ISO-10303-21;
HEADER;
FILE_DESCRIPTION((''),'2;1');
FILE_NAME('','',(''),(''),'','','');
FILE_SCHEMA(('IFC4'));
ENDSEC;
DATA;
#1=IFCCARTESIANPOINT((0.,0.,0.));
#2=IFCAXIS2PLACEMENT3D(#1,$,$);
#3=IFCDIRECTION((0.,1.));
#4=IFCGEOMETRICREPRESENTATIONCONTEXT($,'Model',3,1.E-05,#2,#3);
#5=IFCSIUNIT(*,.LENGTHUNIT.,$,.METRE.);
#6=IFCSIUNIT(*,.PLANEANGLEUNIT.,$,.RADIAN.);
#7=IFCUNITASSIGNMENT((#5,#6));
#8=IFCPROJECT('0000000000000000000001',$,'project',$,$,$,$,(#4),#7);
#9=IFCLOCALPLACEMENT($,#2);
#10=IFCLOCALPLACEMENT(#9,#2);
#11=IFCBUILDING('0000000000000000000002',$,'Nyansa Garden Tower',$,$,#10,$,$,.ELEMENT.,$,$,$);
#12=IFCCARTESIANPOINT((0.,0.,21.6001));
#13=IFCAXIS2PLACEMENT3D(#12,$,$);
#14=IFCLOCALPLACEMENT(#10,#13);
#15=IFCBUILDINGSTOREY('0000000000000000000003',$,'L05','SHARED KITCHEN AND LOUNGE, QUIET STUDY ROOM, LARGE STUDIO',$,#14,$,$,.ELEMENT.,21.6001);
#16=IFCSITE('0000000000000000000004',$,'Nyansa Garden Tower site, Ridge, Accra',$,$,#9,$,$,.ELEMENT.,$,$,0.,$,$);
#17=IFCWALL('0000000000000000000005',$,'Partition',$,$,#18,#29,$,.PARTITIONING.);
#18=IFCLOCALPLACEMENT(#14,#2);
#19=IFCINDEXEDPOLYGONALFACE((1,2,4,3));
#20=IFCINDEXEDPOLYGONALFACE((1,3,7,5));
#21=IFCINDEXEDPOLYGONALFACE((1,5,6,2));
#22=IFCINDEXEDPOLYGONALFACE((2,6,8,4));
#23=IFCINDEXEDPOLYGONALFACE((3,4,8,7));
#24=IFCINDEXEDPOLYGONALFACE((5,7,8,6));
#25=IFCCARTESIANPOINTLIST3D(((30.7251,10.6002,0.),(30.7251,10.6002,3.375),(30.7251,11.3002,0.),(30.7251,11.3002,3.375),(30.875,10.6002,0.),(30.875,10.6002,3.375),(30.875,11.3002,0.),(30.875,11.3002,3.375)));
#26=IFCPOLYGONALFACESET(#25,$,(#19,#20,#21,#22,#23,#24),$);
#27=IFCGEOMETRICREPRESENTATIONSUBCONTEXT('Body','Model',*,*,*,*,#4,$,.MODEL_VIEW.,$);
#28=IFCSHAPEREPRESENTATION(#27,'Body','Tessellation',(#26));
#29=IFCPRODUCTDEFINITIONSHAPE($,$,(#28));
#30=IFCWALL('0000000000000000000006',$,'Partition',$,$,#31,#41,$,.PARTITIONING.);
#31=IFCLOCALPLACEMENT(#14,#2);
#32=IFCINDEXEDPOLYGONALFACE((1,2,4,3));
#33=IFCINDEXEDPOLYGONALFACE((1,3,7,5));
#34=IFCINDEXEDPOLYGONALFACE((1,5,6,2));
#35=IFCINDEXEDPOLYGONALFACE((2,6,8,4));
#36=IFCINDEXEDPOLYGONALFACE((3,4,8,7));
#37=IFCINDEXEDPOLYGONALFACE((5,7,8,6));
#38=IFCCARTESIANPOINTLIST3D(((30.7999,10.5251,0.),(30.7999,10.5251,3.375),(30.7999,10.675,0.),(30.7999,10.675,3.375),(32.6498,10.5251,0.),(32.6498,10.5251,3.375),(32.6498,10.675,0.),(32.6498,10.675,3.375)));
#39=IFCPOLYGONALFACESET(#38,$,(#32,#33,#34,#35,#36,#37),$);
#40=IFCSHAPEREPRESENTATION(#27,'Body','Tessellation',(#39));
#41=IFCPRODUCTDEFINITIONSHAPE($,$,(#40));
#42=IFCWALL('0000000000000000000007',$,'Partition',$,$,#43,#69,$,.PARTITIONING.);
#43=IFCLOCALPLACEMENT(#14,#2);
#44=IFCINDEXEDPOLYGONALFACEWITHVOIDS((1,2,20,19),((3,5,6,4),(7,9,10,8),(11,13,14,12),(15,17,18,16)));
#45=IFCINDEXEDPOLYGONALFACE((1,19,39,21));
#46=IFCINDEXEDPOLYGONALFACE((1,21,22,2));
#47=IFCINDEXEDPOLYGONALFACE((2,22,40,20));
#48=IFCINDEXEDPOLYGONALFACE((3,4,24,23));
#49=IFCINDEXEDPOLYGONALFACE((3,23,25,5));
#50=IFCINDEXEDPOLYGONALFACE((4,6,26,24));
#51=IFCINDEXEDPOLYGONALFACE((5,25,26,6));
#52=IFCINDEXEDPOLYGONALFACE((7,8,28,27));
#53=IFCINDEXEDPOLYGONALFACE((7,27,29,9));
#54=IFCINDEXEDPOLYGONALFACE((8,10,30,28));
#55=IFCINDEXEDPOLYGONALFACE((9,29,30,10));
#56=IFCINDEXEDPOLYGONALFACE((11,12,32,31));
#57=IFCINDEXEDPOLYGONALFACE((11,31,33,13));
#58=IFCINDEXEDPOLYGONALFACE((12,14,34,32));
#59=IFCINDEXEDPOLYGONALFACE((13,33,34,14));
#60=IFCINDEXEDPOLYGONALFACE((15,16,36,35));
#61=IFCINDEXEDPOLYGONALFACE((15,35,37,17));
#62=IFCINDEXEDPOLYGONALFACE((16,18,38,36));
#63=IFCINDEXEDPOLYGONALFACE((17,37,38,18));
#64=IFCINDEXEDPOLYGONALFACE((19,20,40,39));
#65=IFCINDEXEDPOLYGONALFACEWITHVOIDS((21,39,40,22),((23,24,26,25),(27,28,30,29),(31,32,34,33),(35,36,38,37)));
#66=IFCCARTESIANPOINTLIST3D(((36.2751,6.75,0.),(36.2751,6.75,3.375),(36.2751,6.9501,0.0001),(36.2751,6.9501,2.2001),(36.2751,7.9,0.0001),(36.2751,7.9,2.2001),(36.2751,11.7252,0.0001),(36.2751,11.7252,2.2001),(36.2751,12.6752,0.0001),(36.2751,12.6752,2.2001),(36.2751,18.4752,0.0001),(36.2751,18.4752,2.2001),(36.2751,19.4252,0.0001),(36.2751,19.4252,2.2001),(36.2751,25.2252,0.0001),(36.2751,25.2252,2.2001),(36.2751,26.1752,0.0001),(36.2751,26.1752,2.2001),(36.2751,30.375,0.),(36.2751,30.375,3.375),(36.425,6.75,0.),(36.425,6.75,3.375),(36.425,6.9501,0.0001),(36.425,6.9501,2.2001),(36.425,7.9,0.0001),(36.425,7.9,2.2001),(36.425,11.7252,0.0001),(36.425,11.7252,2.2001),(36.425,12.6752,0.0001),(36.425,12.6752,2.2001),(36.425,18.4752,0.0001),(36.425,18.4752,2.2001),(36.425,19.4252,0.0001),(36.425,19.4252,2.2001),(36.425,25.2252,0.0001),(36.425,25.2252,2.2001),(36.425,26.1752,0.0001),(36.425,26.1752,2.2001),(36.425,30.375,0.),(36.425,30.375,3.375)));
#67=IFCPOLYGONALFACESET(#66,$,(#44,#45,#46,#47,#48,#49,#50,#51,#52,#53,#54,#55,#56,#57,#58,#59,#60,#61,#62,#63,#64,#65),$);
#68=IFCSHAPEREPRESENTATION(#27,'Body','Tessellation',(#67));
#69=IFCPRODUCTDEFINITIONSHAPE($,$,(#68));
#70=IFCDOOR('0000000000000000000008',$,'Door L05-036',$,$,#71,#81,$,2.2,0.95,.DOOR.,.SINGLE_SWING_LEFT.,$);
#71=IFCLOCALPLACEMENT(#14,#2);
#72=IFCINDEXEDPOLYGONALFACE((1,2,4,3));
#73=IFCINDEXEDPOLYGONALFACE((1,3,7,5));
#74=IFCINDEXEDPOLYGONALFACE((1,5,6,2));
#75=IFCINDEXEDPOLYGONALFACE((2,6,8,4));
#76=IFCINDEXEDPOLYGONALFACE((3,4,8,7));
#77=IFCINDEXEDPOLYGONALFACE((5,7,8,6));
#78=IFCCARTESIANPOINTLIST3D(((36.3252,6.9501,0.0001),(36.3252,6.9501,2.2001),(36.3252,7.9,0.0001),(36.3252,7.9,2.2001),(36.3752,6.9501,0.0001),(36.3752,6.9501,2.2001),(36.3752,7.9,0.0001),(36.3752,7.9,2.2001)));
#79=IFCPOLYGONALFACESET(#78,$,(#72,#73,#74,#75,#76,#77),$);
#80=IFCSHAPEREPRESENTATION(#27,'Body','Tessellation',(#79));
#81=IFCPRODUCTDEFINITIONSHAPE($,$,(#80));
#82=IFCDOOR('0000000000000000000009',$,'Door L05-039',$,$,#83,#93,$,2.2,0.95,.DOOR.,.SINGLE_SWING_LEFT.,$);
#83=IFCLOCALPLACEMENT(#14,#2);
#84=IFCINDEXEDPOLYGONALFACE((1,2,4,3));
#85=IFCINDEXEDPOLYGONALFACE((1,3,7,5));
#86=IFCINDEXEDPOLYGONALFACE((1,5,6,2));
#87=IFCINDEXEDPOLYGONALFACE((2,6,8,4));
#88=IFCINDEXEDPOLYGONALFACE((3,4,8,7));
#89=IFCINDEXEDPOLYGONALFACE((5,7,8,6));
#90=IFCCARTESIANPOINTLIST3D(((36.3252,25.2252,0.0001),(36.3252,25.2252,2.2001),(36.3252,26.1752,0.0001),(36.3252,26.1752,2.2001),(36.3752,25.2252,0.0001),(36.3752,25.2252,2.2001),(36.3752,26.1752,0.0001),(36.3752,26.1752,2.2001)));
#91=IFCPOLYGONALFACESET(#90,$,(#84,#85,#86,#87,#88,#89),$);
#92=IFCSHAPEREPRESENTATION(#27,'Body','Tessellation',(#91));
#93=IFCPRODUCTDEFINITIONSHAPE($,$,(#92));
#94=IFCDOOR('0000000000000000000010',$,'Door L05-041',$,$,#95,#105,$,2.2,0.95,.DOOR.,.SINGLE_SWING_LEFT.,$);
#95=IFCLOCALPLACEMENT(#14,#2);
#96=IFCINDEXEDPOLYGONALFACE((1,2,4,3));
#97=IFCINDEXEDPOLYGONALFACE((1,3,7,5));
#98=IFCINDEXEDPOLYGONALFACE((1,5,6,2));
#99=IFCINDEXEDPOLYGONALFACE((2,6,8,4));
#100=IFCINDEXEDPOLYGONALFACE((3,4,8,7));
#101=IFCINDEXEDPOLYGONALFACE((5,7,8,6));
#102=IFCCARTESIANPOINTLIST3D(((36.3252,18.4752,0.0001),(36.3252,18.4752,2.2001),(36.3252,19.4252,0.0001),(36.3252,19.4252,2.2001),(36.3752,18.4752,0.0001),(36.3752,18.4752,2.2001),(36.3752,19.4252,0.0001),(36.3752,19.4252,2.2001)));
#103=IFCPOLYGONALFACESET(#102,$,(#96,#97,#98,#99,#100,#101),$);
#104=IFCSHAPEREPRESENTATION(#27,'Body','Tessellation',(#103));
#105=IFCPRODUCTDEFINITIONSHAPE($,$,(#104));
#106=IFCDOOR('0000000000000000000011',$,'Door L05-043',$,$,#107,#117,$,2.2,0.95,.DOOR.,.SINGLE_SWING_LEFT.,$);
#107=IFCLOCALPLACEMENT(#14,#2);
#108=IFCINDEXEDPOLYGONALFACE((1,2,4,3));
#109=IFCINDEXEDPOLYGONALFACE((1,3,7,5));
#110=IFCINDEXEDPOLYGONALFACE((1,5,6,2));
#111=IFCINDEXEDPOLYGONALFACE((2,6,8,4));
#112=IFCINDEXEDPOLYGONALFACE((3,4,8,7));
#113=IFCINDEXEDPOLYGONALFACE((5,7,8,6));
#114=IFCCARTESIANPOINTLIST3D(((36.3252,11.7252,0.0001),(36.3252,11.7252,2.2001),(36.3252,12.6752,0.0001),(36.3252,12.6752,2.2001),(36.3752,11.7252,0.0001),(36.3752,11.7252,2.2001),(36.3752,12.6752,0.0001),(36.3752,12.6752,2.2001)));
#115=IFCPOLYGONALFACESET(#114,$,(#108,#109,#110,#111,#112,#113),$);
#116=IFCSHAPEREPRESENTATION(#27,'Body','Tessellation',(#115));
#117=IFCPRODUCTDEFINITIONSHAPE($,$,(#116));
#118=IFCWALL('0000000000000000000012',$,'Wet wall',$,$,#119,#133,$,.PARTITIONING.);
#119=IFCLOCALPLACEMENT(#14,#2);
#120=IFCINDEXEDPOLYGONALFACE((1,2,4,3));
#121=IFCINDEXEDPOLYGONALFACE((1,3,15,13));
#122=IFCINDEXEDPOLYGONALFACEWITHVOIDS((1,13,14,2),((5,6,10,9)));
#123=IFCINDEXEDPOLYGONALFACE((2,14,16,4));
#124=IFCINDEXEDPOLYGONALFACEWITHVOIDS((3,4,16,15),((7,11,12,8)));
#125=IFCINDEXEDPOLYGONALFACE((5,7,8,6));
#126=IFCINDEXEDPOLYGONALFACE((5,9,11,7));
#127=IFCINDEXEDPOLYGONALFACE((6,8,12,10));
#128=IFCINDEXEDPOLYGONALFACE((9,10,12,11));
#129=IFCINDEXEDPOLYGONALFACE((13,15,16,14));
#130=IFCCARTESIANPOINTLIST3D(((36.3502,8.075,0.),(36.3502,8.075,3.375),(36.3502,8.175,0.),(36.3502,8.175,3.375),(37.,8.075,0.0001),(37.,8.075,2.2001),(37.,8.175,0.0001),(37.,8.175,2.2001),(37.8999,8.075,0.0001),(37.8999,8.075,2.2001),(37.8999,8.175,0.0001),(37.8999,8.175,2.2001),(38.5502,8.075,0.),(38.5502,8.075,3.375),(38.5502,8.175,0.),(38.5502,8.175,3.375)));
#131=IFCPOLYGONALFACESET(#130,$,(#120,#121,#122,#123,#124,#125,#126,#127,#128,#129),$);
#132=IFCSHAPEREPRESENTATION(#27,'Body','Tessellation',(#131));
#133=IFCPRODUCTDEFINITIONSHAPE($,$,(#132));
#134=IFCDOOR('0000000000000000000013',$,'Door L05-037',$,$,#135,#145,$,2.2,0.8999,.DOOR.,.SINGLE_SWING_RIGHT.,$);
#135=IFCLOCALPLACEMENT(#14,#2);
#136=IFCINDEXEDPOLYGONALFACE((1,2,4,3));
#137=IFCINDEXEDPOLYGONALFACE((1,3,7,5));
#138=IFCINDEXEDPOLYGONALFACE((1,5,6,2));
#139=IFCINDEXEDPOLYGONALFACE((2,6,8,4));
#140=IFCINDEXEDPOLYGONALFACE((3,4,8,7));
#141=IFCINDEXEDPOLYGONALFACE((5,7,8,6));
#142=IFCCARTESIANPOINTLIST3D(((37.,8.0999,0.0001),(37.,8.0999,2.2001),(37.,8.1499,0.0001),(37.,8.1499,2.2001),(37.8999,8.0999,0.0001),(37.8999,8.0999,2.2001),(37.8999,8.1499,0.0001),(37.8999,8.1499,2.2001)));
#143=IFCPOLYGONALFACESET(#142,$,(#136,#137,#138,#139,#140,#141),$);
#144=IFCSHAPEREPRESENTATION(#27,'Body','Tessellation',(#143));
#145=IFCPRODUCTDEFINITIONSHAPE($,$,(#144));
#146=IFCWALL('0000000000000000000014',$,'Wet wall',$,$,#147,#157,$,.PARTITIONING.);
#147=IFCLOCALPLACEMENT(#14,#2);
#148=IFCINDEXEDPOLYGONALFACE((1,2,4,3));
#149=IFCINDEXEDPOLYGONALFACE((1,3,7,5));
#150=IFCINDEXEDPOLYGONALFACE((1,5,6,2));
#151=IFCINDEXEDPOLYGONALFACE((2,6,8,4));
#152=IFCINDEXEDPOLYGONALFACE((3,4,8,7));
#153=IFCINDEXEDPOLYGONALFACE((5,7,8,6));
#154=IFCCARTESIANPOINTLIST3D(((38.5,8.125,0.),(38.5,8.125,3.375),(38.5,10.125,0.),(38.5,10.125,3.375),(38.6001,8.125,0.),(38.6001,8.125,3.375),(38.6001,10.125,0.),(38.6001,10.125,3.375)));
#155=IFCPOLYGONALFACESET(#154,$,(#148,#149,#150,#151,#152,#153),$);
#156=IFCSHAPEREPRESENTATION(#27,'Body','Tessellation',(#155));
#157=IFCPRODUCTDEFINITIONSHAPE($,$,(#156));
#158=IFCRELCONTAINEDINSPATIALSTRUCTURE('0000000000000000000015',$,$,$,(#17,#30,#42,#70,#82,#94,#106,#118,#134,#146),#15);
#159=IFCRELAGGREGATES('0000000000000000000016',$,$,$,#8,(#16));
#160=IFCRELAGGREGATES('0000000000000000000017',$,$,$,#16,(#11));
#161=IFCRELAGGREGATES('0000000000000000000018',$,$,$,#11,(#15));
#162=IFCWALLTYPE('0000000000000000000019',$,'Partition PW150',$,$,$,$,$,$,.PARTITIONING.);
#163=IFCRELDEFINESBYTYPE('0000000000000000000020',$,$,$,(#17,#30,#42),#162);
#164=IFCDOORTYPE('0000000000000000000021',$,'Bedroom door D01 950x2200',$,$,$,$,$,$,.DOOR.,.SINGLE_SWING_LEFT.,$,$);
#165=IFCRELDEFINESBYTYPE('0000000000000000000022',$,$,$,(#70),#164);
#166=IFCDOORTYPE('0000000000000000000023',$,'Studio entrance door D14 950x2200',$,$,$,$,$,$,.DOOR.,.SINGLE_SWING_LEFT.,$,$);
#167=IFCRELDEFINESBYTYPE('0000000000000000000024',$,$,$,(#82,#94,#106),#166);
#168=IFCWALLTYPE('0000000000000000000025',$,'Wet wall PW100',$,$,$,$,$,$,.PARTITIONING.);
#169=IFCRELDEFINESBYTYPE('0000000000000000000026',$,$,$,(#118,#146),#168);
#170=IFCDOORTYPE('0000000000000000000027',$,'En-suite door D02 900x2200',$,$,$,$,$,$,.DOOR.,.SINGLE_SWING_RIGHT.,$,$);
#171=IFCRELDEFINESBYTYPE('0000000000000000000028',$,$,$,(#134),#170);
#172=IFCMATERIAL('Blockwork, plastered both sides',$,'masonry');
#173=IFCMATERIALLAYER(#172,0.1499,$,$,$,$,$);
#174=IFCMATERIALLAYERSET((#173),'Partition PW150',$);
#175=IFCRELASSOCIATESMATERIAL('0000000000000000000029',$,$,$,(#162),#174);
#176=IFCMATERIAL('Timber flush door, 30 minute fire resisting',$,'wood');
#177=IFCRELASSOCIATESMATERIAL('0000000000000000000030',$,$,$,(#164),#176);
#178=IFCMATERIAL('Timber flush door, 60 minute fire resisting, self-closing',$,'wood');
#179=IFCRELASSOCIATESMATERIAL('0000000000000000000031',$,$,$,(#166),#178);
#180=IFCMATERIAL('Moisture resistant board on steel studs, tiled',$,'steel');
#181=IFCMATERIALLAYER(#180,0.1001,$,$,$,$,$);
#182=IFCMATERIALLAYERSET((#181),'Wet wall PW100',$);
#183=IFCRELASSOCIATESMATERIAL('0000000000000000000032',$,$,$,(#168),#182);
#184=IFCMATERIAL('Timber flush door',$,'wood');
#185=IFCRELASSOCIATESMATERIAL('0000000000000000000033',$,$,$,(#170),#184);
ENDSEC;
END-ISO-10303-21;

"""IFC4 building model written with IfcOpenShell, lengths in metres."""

from ifc_helpers import new_model, si_unit, direction, frame, frame_2d, origin, place, context, subcontext, project, spatial, rectangle, extrude, material, layer, layer_set, type_object, element, fill, save


model = new_model("IFC4")

# Units and contexts
model_context = context("Model", 3, precision=1e-05, world=origin(), true_north=direction((0.0, 1.0)))
body_context = subcontext(model_context, "Body", "Model", "MODEL_VIEW")
ifc_project = project(units=[si_unit("LENGTHUNIT", "METRE"), si_unit("PLANEANGLEUNIT", "RADIAN")], contexts=[model_context])

# Site, building, storey
site_placement = place(None, origin())
site = spatial("IfcSite", under=ifc_project, at=site_placement, Name="Nyansa Garden Tower site, Ridge, Accra", CompositionType="ELEMENT", RefElevation=0.0)
building_placement = place(site_placement, origin())
building = spatial("IfcBuilding", under=site, at=building_placement, Name="Nyansa Garden Tower", CompositionType="ELEMENT")
storey_placement = place(building_placement, frame((0.0, 0.0, 21.6001)))
storey = spatial("IfcBuildingStorey", under=building, at=storey_placement, Name="L05", Description="SHARED KITCHEN AND LOUNGE, QUIET STUDY ROOM, LARGE STUDIO", CompositionType="ELEMENT", Elevation=21.6001)

# Walls
ifc_material_1 = material(Name="Blockwork, plastered both sides", Category="masonry")
ifc_layer_1 = layer(ifc_material_1, 0.1499)
ifc_layer_set_1 = layer_set([ifc_layer_1], Name="Partition PW150")
wall_type_1 = type_object("IfcWallType", Name="Partition PW150", PredefinedType="PARTITIONING", material=ifc_layer_set_1)
wall_1_placement = place(storey_placement, frame((30.8, 10.6001, 0.0), z_axis=(0.0, 0.0, 1.0), x_axis=(0.0, 1.0, 0.0)))
element("IfcWall", 1, at=wall_1_placement, inside=storey, type_object=wall_type_1, Name="Partition", PredefinedType="PARTITIONING", context=body_context, shape_type="SweptSolid", body=[
    extrude(rectangle(XDim=0.7, YDim=0.1499, at=frame_2d((0.3501, 0.0))), origin(), (0.0, 0.0, 1.0), 3.375),
])
wall_2_placement = place(storey_placement, frame((30.8, 10.6001, 0.0), z_axis=(0.0, 0.0, 1.0), x_axis=(1.0, 0.0, 0.0)))
element("IfcWall", 2, at=wall_2_placement, inside=storey, type_object=wall_type_1, Name="Partition", PredefinedType="PARTITIONING", context=body_context, shape_type="SweptSolid", body=[
    extrude(rectangle(XDim=1.8499, YDim=0.1499, at=frame_2d((0.9248, 0.0))), origin(), (0.0, 0.0, 1.0), 3.375),
])

# Wall, openings, doors
wall_3_placement = place(storey_placement, frame((36.3501, 6.75, 0.0), z_axis=(0.0, 0.0, 1.0), x_axis=(0.0, 1.0, 0.0)))
wall_3 = element("IfcWall", 3, at=wall_3_placement, inside=storey, type_object=wall_type_1, Name="Partition", PredefinedType="PARTITIONING", context=body_context, shape_type="SweptSolid", body=[
    extrude(rectangle(XDim=23.625, YDim=0.1499, at=frame_2d((11.8125, 0.0))), origin(), (0.0, 0.0, 1.0), 3.375),
])
opening_1_placement = place(wall_3_placement, frame((0.2, 0.0, 0.0)))
opening_1 = element("IfcOpeningElement", 4, at=opening_1_placement, cuts=wall_3, PredefinedType="OPENING", context=body_context, shape_type="SweptSolid", body=[
    extrude(rectangle(XDim=0.95, YDim=2.2, at=frame_2d((0.4751, 1.1001))), frame((0.0, 0.085, 0.0), z_axis=(0.0, -1.0, 0.0), x_axis=(1.0, 0.0, 0.0)), (0.0, 0.0, 1.0), 0.1699),
])
opening_2_placement = place(wall_3_placement, frame((18.4751, 0.0, 0.0)))
opening_2 = element("IfcOpeningElement", 5, at=opening_2_placement, cuts=wall_3, PredefinedType="OPENING", context=body_context, shape_type="SweptSolid", body=[
    extrude(rectangle(XDim=0.95, YDim=2.2, at=frame_2d((0.4751, 1.1001))), frame((0.0, 0.085, 0.0), z_axis=(0.0, -1.0, 0.0), x_axis=(1.0, 0.0, 0.0)), (0.0, 0.0, 1.0), 0.1699),
])
opening_3_placement = place(wall_3_placement, frame((11.7251, 0.0, 0.0)))
opening_3 = element("IfcOpeningElement", 6, at=opening_3_placement, cuts=wall_3, PredefinedType="OPENING", context=body_context, shape_type="SweptSolid", body=[
    extrude(rectangle(XDim=0.95, YDim=2.2, at=frame_2d((0.4751, 1.1001))), frame((0.0, 0.085, 0.0), z_axis=(0.0, -1.0, 0.0), x_axis=(1.0, 0.0, 0.0)), (0.0, 0.0, 1.0), 0.1699),
])
opening_4_placement = place(wall_3_placement, frame((4.9751, 0.0, 0.0)))
opening_4 = element("IfcOpeningElement", 7, at=opening_4_placement, cuts=wall_3, PredefinedType="OPENING", context=body_context, shape_type="SweptSolid", body=[
    extrude(rectangle(XDim=0.95, YDim=2.2, at=frame_2d((0.4751, 1.1001))), frame((0.0, 0.085, 0.0), z_axis=(0.0, -1.0, 0.0), x_axis=(1.0, 0.0, 0.0)), (0.0, 0.0, 1.0), 0.1699),
])
ifc_material_2 = material(Name="Timber flush door, 30 minute fire resisting", Category="wood")
door_type_1 = type_object("IfcDoorType", Name="Bedroom door D01 950x2200", OperationType="SINGLE_SWING_LEFT", PredefinedType="DOOR", material=ifc_material_2)
door_1_placement = place(opening_1_placement, origin())
door_1 = element("IfcDoor", 8, at=door_1_placement, inside=storey, type_object=door_type_1, Name="Door L05-036", OperationType="SINGLE_SWING_LEFT", OverallHeight=2.2, OverallWidth=0.95, PredefinedType="DOOR", context=body_context, shape_type="SweptSolid", body=[
    extrude(rectangle(XDim=0.95, YDim=2.2, at=frame_2d((0.4751, 1.1001))), frame((0.0, 0.0249, 0.0), z_axis=(0.0, -1.0, 0.0), x_axis=(1.0, 0.0, 0.0)), (0.0, 0.0, 1.0), 0.05),
])
fill(opening_1, door_1)
ifc_material_3 = material(Name="Timber flush door, 60 minute fire resisting, self-closing", Category="wood")
door_type_2 = type_object("IfcDoorType", Name="Studio entrance door D14 950x2200", OperationType="SINGLE_SWING_LEFT", PredefinedType="DOOR", material=ifc_material_3)
door_2_placement = place(opening_2_placement, origin())
door_2 = element("IfcDoor", 9, at=door_2_placement, inside=storey, type_object=door_type_2, Name="Door L05-039", OperationType="SINGLE_SWING_LEFT", OverallHeight=2.2, OverallWidth=0.95, PredefinedType="DOOR", context=body_context, shape_type="SweptSolid", body=[
    extrude(rectangle(XDim=0.95, YDim=2.2, at=frame_2d((0.4751, 1.1001))), frame((0.0, 0.0249, 0.0), z_axis=(0.0, -1.0, 0.0), x_axis=(1.0, 0.0, 0.0)), (0.0, 0.0, 1.0), 0.05),
])
fill(opening_2, door_2)
door_3_placement = place(opening_3_placement, origin())
door_3 = element("IfcDoor", 10, at=door_3_placement, inside=storey, type_object=door_type_2, Name="Door L05-041", OperationType="SINGLE_SWING_LEFT", OverallHeight=2.2, OverallWidth=0.95, PredefinedType="DOOR", context=body_context, shape_type="SweptSolid", body=[
    extrude(rectangle(XDim=0.95, YDim=2.2, at=frame_2d((0.4751, 1.1001))), frame((0.0, 0.0249, 0.0), z_axis=(0.0, -1.0, 0.0), x_axis=(1.0, 0.0, 0.0)), (0.0, 0.0, 1.0), 0.05),
])
fill(opening_3, door_3)
door_4_placement = place(opening_4_placement, origin())
door_4 = element("IfcDoor", 11, at=door_4_placement, inside=storey, type_object=door_type_2, Name="Door L05-043", OperationType="SINGLE_SWING_LEFT", OverallHeight=2.2, OverallWidth=0.95, PredefinedType="DOOR", context=body_context, shape_type="SweptSolid", body=[
    extrude(rectangle(XDim=0.95, YDim=2.2, at=frame_2d((0.4751, 1.1001))), frame((0.0, 0.0249, 0.0), z_axis=(0.0, -1.0, 0.0), x_axis=(1.0, 0.0, 0.0)), (0.0, 0.0, 1.0), 0.05),
])
fill(opening_4, door_4)

# Wall, opening, door
ifc_material_4 = material(Name="Moisture resistant board on steel studs, tiled", Category="steel")
ifc_layer_2 = layer(ifc_material_4, 0.1001)
ifc_layer_set_2 = layer_set([ifc_layer_2], Name="Wet wall PW100")
wall_type_2 = type_object("IfcWallType", Name="Wet wall PW100", PredefinedType="PARTITIONING", material=ifc_layer_set_2)
wall_4_placement = place(storey_placement, frame((36.3501, 8.125, 0.0), z_axis=(0.0, 0.0, 1.0), x_axis=(1.0, 0.0, 0.0)))
wall_4 = element("IfcWall", 12, at=wall_4_placement, inside=storey, type_object=wall_type_2, Name="Wet wall", PredefinedType="PARTITIONING", context=body_context, shape_type="SweptSolid", body=[
    extrude(rectangle(XDim=2.2, YDim=0.1001, at=frame_2d((1.1001, 0.0))), origin(), (0.0, 0.0, 1.0), 3.375),
])
opening_5_placement = place(wall_4_placement, frame((0.6499, 0.0, 0.0)))
opening_5 = element("IfcOpeningElement", 13, at=opening_5_placement, cuts=wall_4, PredefinedType="OPENING", context=body_context, shape_type="SweptSolid", body=[
    extrude(rectangle(XDim=0.8999, YDim=2.2, at=frame_2d((0.45, 1.1001))), frame((0.0, 0.0601, 0.0), z_axis=(0.0, -1.0, 0.0), x_axis=(1.0, 0.0, 0.0)), (0.0, 0.0, 1.0), 0.1201),
])
ifc_material_5 = material(Name="Timber flush door", Category="wood")
door_type_3 = type_object("IfcDoorType", Name="En-suite door D02 900x2200", OperationType="SINGLE_SWING_RIGHT", PredefinedType="DOOR", material=ifc_material_5)
door_5_placement = place(opening_5_placement, origin())
door_5 = element("IfcDoor", 14, at=door_5_placement, inside=storey, type_object=door_type_3, Name="Door L05-037", OperationType="SINGLE_SWING_RIGHT", OverallHeight=2.2, OverallWidth=0.8999, PredefinedType="DOOR", context=body_context, shape_type="SweptSolid", body=[
    extrude(rectangle(XDim=0.8999, YDim=2.2, at=frame_2d((0.45, 1.1001))), frame((0.0, 0.0249, 0.0), z_axis=(0.0, -1.0, 0.0), x_axis=(1.0, 0.0, 0.0)), (0.0, 0.0, 1.0), 0.05),
])
fill(opening_5, door_5)

# Wall
wall_5_placement = place(storey_placement, frame((38.55, 8.125, 0.0), z_axis=(0.0, 0.0, 1.0), x_axis=(0.0, 1.0, 0.0)))
element("IfcWall", 15, at=wall_5_placement, inside=storey, type_object=wall_type_2, Name="Wet wall", PredefinedType="PARTITIONING", context=body_context, shape_type="SweptSolid", body=[
    extrude(rectangle(XDim=2.0, YDim=0.1001, at=frame_2d((1.0, 0.0))), origin(), (0.0, 0.0, 1.0), 3.375),
])

save(model, "model.ifc")
